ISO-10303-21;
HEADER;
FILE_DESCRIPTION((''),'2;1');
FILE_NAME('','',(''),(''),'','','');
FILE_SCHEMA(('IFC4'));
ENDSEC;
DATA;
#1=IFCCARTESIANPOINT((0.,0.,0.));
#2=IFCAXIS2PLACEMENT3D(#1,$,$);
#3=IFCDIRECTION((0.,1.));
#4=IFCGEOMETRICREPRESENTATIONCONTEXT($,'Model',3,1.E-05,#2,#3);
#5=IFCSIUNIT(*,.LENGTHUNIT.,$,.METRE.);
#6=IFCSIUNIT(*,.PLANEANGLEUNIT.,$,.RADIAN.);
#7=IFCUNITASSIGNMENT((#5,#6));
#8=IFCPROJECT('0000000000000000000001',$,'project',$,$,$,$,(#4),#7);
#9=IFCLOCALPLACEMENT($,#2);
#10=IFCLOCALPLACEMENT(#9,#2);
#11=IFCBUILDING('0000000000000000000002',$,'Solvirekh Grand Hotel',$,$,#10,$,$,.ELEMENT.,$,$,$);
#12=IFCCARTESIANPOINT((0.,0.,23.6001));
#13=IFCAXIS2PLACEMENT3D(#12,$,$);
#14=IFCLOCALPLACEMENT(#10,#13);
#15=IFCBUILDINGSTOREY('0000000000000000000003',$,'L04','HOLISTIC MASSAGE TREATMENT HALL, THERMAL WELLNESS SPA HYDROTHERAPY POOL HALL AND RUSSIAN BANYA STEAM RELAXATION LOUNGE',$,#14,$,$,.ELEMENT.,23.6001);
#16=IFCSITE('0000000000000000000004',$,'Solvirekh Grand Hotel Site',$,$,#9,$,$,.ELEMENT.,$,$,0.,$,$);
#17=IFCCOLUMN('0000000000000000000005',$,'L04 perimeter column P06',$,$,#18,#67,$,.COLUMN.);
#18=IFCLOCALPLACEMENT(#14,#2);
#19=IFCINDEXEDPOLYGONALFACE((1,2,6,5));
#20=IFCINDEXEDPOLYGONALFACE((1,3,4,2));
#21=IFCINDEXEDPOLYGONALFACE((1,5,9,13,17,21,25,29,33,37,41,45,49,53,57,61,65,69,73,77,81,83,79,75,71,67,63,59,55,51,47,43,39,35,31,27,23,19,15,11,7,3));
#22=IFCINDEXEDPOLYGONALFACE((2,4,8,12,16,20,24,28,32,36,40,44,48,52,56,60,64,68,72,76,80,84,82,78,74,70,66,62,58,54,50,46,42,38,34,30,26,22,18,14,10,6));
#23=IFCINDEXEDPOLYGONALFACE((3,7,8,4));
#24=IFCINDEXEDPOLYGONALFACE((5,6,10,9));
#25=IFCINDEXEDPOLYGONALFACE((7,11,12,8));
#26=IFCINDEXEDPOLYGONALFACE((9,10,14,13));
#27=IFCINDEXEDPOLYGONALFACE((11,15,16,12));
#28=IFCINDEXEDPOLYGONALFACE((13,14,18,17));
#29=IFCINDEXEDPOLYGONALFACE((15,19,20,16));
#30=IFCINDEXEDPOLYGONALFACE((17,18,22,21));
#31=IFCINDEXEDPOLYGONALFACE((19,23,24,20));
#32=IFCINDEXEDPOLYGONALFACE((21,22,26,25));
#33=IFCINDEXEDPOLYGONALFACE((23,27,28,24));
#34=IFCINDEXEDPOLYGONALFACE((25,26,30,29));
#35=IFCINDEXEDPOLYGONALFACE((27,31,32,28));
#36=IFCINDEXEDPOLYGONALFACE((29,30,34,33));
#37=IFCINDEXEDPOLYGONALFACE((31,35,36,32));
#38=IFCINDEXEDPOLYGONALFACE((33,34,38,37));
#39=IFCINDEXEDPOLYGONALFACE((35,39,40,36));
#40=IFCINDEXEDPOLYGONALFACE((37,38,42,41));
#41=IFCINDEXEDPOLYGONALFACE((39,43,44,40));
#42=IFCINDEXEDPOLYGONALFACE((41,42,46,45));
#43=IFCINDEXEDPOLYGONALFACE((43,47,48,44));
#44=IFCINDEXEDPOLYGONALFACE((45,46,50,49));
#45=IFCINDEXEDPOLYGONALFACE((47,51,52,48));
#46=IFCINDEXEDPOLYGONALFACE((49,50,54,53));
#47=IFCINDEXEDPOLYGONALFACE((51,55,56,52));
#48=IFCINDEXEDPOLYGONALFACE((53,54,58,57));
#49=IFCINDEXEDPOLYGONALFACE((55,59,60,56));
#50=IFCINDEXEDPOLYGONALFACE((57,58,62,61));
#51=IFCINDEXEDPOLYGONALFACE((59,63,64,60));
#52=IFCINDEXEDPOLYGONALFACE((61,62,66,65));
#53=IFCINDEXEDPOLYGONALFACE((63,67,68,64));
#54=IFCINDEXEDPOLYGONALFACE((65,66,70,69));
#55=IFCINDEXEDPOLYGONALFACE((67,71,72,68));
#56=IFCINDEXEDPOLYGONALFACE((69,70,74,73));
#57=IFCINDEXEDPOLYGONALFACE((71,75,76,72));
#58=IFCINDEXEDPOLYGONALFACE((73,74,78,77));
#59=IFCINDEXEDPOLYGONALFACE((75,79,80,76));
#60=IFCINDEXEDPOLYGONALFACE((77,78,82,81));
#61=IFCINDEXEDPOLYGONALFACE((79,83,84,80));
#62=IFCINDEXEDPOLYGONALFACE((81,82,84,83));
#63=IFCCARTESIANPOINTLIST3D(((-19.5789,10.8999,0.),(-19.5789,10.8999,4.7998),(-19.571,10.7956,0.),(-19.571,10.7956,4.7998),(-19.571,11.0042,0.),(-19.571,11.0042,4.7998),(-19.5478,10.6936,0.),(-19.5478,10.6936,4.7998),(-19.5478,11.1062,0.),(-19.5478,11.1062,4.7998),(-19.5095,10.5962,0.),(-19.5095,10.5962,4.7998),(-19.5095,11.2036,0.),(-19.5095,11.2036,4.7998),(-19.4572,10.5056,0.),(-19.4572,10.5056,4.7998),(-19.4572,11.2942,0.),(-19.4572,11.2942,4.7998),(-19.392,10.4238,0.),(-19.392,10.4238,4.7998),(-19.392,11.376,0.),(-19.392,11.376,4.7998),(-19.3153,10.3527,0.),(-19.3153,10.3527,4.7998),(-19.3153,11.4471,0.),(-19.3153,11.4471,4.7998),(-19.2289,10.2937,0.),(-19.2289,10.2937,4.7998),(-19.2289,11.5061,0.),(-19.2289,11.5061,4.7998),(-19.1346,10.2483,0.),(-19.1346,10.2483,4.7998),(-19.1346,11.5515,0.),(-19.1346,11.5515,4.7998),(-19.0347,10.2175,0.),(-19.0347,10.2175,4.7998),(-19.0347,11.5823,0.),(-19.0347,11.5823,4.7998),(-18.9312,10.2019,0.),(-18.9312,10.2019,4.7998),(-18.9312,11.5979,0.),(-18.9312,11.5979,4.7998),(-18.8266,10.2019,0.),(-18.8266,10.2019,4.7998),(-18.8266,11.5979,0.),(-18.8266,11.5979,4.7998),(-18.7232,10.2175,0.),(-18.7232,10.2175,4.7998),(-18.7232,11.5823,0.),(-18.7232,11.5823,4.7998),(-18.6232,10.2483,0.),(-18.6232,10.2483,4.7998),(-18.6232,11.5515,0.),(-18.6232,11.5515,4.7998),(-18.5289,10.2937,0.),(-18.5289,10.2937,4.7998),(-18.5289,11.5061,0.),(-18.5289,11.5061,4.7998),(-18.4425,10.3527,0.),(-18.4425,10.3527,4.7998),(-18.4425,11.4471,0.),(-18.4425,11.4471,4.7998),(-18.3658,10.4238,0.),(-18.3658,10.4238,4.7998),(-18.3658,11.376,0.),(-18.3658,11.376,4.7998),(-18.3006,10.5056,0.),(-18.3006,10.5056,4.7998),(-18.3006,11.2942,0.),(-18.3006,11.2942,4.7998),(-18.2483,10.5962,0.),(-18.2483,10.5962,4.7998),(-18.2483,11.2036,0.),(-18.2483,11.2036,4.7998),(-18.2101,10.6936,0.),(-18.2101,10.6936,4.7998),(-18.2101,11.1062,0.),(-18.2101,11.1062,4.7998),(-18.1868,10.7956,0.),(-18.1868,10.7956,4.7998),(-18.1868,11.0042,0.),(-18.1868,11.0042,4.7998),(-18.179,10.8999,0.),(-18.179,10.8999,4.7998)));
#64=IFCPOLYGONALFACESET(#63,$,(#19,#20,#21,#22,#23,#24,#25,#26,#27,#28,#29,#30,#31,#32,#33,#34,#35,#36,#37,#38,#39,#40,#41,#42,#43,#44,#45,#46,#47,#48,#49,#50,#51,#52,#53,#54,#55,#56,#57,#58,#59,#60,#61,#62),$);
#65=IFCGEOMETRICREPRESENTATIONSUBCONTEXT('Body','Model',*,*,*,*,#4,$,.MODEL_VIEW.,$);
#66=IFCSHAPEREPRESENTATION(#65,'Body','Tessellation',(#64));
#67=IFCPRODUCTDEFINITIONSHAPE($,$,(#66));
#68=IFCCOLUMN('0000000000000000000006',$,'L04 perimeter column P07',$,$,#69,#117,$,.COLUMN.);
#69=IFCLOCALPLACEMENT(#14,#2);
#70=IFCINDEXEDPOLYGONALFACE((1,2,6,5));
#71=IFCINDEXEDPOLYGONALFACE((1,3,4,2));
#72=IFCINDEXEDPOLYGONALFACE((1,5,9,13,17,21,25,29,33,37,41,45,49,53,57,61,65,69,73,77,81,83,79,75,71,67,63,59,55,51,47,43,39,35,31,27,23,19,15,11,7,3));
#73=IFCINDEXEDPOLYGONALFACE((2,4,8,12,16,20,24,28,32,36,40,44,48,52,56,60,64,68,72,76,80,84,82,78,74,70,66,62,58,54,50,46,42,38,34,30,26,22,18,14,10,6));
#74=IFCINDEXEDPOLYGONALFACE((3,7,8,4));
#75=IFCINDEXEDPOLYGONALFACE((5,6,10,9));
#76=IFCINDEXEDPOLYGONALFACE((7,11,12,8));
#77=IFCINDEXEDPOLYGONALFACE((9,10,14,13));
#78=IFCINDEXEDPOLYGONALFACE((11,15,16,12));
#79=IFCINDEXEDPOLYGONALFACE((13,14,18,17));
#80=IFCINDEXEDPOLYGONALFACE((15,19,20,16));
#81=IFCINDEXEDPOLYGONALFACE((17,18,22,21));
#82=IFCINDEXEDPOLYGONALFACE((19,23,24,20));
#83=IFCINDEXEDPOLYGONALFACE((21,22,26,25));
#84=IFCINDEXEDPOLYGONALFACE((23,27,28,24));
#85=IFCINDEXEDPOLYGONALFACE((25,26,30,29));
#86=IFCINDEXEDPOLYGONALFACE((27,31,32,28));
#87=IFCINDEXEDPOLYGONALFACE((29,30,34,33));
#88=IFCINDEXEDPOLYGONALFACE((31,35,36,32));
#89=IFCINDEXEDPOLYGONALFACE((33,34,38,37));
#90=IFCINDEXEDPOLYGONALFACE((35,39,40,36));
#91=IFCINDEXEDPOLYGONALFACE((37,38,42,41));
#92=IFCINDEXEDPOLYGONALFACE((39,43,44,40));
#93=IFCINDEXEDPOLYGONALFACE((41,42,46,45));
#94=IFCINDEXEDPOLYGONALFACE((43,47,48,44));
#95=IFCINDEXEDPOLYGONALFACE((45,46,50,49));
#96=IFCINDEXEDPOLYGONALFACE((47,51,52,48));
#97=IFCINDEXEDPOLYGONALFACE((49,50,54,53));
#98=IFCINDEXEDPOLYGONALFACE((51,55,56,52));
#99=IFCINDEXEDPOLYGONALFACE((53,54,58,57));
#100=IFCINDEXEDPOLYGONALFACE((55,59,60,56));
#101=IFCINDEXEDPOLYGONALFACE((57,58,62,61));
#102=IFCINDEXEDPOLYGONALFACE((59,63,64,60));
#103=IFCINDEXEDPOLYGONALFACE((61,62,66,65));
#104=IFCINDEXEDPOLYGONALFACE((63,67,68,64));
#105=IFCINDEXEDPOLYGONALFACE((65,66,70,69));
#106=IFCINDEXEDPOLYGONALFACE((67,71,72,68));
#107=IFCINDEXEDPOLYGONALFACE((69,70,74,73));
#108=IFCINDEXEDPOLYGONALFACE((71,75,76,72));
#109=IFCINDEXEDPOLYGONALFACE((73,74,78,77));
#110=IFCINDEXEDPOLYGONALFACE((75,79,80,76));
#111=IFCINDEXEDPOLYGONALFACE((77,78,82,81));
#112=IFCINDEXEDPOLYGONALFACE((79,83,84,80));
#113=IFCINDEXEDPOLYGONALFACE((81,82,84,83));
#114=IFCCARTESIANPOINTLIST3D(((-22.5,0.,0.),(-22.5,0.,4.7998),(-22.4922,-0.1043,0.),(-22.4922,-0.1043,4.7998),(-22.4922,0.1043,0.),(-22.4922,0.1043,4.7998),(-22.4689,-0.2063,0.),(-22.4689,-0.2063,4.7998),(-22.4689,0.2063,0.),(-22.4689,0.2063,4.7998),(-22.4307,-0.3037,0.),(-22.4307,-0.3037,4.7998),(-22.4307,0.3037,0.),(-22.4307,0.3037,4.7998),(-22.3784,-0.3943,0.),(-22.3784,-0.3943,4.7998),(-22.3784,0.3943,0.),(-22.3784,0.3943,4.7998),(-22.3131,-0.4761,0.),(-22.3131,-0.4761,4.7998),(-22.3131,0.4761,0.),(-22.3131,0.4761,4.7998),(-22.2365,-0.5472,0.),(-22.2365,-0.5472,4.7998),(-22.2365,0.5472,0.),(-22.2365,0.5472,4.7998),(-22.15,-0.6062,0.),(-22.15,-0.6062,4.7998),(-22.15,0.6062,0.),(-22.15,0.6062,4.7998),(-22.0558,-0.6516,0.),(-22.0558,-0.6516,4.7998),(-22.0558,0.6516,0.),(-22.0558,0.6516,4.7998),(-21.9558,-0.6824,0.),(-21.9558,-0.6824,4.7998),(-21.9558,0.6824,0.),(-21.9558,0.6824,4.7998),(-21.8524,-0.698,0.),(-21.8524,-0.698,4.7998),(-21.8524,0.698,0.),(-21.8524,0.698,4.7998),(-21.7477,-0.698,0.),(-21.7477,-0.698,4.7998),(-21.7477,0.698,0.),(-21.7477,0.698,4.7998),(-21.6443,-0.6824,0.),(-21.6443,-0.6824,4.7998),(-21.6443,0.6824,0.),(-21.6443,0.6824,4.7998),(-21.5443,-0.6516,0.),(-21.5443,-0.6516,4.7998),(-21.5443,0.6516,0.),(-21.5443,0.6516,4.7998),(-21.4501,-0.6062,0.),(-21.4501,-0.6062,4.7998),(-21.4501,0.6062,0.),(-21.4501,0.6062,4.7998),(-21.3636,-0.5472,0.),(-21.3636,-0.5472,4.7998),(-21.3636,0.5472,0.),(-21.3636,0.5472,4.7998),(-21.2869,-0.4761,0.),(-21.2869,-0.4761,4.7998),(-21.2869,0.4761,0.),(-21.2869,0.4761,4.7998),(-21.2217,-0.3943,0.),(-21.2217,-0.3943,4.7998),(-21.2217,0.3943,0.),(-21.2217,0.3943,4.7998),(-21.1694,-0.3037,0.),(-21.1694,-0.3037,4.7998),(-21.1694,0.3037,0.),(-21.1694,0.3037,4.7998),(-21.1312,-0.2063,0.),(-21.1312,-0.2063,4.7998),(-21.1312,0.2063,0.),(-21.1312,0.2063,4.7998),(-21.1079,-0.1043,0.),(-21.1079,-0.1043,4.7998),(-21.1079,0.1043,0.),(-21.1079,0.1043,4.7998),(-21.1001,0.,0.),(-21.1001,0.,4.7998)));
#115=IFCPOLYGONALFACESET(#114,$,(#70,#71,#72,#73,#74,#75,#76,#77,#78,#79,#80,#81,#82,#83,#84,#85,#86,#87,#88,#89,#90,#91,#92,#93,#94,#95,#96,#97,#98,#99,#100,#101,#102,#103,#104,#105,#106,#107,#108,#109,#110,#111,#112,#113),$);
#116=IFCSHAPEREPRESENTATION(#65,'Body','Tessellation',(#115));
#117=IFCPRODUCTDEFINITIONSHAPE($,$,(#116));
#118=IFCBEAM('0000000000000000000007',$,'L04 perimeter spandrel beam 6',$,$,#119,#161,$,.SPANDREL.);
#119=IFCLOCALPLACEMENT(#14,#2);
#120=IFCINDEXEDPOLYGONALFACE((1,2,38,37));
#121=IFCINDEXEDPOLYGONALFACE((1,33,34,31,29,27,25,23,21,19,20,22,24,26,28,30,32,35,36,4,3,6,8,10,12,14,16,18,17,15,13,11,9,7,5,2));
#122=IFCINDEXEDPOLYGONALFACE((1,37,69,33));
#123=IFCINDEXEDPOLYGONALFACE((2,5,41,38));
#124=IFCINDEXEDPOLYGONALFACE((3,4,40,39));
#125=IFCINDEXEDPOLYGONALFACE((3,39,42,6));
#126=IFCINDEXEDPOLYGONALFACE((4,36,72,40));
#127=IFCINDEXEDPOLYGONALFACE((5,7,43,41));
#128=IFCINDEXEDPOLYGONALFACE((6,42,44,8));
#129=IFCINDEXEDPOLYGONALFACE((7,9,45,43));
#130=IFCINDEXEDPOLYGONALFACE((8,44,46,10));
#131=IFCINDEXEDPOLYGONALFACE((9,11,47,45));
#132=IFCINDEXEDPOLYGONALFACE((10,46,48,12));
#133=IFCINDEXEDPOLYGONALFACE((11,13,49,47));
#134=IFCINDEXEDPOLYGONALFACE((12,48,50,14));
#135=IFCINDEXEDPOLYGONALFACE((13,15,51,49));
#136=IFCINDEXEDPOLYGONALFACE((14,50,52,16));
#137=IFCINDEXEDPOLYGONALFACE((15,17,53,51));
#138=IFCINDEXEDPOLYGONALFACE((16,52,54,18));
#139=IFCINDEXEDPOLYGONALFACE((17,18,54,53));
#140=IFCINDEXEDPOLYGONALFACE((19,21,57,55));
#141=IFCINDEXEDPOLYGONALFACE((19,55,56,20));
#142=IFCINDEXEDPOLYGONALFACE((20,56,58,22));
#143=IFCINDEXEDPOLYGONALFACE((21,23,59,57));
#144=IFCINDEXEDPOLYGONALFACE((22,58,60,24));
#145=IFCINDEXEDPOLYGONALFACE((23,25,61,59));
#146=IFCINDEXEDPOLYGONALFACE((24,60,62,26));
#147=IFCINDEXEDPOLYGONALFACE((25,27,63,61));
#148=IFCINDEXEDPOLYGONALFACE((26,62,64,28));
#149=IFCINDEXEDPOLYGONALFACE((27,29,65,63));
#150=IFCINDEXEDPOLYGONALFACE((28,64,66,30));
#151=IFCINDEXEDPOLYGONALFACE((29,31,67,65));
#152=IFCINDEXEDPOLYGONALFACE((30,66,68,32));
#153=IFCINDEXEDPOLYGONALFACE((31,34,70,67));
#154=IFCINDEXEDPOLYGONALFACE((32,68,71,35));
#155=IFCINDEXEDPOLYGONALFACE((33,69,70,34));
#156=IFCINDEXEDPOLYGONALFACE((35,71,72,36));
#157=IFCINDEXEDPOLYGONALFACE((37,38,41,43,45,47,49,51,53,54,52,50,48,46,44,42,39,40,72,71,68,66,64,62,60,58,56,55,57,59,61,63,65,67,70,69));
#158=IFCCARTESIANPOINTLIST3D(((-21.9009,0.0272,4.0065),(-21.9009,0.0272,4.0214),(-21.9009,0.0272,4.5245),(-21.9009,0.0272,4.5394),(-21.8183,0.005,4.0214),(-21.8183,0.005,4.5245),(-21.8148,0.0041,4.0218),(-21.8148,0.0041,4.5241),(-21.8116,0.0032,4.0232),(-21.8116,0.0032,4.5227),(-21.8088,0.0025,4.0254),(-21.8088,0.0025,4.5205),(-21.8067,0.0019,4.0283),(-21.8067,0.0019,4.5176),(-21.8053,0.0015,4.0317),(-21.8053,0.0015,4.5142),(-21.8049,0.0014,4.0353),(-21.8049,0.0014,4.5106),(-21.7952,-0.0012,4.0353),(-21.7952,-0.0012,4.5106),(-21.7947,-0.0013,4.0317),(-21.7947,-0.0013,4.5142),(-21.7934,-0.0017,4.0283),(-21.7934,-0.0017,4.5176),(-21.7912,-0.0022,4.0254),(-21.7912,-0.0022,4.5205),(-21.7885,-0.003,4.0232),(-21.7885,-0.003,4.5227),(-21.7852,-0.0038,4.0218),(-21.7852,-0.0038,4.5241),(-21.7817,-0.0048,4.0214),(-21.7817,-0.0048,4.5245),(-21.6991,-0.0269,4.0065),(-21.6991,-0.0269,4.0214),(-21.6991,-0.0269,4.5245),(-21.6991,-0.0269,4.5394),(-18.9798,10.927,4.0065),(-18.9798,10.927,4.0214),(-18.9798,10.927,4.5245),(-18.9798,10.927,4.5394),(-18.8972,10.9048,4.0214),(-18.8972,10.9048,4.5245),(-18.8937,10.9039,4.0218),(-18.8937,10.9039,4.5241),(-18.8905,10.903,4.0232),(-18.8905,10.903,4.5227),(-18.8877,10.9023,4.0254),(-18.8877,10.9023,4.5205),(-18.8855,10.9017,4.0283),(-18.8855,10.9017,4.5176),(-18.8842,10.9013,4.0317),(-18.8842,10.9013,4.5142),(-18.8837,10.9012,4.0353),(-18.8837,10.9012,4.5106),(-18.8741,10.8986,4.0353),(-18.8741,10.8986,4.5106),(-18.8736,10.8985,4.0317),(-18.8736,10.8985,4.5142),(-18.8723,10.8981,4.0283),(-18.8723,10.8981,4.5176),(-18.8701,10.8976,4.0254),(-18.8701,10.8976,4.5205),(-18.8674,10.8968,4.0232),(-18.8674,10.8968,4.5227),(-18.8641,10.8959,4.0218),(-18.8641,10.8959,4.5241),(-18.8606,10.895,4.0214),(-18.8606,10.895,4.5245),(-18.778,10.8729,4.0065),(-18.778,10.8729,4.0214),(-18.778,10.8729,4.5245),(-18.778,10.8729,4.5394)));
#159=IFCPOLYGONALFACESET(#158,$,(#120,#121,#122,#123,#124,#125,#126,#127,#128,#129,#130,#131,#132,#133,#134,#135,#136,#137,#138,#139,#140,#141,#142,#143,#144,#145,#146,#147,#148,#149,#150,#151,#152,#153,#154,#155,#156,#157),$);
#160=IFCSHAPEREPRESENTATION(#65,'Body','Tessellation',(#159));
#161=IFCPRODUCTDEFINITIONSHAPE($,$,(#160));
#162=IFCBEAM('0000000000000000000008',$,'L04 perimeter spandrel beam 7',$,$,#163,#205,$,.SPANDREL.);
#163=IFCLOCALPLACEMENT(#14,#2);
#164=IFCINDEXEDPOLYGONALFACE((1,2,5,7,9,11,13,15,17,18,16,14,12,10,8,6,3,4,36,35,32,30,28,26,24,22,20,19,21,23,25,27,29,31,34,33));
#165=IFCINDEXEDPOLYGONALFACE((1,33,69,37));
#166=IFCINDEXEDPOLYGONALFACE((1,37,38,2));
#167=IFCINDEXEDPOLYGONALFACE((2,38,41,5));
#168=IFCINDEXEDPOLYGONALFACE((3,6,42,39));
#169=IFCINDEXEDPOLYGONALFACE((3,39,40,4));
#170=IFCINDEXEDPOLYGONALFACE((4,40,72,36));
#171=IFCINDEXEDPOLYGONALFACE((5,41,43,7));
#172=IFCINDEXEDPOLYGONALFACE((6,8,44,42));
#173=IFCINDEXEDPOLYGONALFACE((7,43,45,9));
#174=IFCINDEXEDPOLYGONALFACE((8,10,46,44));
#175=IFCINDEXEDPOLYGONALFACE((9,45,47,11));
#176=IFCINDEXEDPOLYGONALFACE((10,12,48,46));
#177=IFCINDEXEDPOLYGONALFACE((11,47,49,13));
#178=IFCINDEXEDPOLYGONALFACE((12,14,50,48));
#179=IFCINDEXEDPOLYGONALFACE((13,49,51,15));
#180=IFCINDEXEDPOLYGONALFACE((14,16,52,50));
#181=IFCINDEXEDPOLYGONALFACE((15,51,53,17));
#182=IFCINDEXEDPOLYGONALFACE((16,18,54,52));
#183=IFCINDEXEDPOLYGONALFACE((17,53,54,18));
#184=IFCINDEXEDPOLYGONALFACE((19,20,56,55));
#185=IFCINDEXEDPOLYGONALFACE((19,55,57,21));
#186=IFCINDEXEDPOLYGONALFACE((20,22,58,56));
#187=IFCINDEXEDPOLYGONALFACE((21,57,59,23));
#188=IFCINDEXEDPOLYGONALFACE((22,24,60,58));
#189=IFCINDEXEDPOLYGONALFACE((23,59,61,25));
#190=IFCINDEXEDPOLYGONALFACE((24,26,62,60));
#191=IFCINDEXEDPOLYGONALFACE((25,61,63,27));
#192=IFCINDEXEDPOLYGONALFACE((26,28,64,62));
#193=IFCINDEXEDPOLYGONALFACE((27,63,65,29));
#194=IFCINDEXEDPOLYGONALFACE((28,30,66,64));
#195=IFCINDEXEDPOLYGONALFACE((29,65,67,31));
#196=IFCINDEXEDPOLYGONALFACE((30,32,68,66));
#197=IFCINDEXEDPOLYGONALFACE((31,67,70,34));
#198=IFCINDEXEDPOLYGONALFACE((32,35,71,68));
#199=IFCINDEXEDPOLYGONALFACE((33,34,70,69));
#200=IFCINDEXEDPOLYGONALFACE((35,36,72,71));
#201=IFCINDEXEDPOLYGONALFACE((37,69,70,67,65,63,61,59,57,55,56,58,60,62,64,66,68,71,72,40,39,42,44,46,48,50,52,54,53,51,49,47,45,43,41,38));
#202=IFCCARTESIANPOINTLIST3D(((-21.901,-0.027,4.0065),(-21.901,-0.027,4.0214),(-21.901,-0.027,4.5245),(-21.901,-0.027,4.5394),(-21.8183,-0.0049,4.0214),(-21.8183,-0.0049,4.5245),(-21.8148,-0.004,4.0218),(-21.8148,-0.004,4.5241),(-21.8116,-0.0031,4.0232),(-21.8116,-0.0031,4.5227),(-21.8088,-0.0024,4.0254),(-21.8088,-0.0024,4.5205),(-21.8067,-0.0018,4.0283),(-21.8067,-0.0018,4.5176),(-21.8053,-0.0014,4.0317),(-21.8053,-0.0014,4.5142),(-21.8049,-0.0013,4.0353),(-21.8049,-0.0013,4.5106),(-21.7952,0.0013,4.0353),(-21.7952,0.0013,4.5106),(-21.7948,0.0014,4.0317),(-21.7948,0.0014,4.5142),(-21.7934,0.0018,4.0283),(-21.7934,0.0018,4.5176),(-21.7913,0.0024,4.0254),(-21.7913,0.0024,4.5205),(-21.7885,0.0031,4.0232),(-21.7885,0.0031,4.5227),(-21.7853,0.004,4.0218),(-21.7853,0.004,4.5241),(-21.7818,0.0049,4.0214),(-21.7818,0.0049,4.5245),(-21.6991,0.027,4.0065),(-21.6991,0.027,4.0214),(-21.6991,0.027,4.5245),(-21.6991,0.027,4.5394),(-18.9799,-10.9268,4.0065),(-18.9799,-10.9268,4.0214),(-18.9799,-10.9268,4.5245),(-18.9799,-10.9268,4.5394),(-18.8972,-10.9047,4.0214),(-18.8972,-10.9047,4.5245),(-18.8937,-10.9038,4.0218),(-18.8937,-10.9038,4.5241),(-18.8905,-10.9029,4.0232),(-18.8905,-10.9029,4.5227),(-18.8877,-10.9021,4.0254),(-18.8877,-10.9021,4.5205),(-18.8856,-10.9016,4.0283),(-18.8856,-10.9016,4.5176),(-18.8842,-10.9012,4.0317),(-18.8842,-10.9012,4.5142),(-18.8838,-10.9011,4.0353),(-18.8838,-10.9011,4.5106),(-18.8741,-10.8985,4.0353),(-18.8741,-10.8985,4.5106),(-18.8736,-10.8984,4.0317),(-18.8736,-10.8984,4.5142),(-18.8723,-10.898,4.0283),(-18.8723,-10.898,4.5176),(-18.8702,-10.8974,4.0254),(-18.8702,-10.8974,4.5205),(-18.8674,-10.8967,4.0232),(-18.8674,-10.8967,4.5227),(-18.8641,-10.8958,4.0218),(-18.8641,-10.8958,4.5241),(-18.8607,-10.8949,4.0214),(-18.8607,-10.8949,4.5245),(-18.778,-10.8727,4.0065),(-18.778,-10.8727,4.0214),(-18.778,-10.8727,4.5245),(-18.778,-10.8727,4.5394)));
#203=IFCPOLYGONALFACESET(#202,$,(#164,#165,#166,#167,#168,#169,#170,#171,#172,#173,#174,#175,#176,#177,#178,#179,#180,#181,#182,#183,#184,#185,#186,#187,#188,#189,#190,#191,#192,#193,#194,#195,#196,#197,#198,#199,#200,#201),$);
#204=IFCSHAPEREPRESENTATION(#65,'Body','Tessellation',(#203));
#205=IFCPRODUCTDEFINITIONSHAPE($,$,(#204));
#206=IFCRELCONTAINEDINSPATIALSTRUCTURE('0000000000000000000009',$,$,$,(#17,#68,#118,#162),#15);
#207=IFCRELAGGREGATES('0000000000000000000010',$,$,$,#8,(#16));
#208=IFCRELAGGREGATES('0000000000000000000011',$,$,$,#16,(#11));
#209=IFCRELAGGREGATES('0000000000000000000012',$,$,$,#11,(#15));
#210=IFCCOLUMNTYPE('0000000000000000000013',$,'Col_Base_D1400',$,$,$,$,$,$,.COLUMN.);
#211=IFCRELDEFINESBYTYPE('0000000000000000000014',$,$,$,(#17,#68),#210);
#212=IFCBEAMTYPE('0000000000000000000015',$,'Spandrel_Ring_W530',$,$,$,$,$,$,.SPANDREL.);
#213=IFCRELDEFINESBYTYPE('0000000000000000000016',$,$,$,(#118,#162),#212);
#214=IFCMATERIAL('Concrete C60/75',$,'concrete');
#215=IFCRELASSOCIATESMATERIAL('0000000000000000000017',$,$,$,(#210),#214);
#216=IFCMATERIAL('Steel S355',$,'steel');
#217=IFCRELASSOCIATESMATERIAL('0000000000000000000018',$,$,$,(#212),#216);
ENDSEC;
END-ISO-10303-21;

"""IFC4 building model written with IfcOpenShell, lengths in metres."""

from ifc_helpers import new_model, si_unit, direction, frame, origin, origin_2d, place, context, subcontext, project, spatial, circle, i_section, extrude, material, material_profile, profile_set, type_object, element, save


model = new_model("IFC4")

# Units and contexts
model_context = context("Model", 3, precision=1e-05, world=origin(), true_north=direction((0.0, 1.0)))
body_context = subcontext(model_context, "Body", "Model", "MODEL_VIEW")
ifc_project = project(units=[si_unit("LENGTHUNIT", "METRE"), si_unit("PLANEANGLEUNIT", "RADIAN")], contexts=[model_context])

# Site, building, storey
site_placement = place(None, origin())
site = spatial("IfcSite", under=ifc_project, at=site_placement, Name="Solvirekh Grand Hotel Site", CompositionType="ELEMENT", RefElevation=0.0)
building_placement = place(site_placement, origin())
building = spatial("IfcBuilding", under=site, at=building_placement, Name="Solvirekh Grand Hotel", CompositionType="ELEMENT")
storey_placement = place(building_placement, frame((0.0, 0.0, 23.6001)))
storey = spatial("IfcBuildingStorey", under=building, at=storey_placement, Name="L04", Description="HOLISTIC MASSAGE TREATMENT HALL, THERMAL WELLNESS SPA HYDROTHERAPY POOL HALL AND RUSSIAN BANYA STEAM RELAXATION LOUNGE", CompositionType="ELEMENT", Elevation=23.6001)

# Columns
ifc_material_1 = material(Name="Concrete C60/75", Category="concrete")
ifc_material_profile_1 = material_profile(ifc_material_1, circle(Radius=0.7, at=origin_2d()), Name="RC CIRC D1400")
ifc_profile_set_1 = profile_set([ifc_material_profile_1], Name="Concrete C60/75")
column_type = type_object("IfcColumnType", Name="Col_Base_D1400", PredefinedType="COLUMN", material=ifc_profile_set_1)
for number, where, z_axis, x_axis, name in (
    (1, (-18.8789, 10.8999, 0.0), (0.0, 0.0, 1.0), (1.0, 0.0, 0.0), "L04 perimeter column P06"),
    (2, (-21.8, 0.0, 0.0), (0.0, 0.0, 1.0), (1.0, 0.0, 0.0), "L04 perimeter column P07"),
):
    element("IfcColumn", number, at=place(storey_placement, frame(where, z_axis=z_axis, x_axis=x_axis)), inside=storey, type_object=column_type, Name=name, PredefinedType="COLUMN", context=body_context, shape_type="SweptSolid", body=[
        extrude(circle(Radius=0.7, at=origin_2d()), origin(), (0.0, 0.0, 1.0), 4.7998),
    ])

# Beams
ifc_material_2 = material(Name="Steel S355", Category="steel")
ifc_material_profile_2 = material_profile(ifc_material_2, i_section(OverallWidth=0.209, OverallDepth=0.533, WebThickness=0.01, FlangeThickness=0.0149, FilletRadius=0.0139, at=origin_2d()), Name="W530X92")
ifc_profile_set_2 = profile_set([ifc_material_profile_2], Name="Steel S355")
beam_type_1 = type_object("IfcBeamType", Name="Spandrel_Ring_W530", PredefinedType="SPANDREL", material=ifc_profile_set_2)
for number, where, z_axis, x_axis, name in (
    (3, (-18.8789, 10.8999, 4.2729), (-0.258862, -0.965914, 0.0), (0.965914, -0.258862, 0.0), "L04 perimeter spandrel beam 6"),
    (4, (-21.8, 0.0, 4.2729), (0.258862, -0.965914, 0.0), (0.965914, 0.258862, 0.0), "L04 perimeter spandrel beam 7"),
):
    element("IfcBeam", number, at=place(storey_placement, frame(where, z_axis=z_axis, x_axis=x_axis)), inside=storey, type_object=beam_type_1, Name=name, PredefinedType="SPANDREL", context=body_context, shape_type="SweptSolid", body=[
        extrude(i_section(OverallWidth=0.209, OverallDepth=0.533, WebThickness=0.01, FlangeThickness=0.0149, FilletRadius=0.0139, at=origin_2d()), origin(), (0.0, 0.0, 1.0), 11.2844),
    ])

save(model, "model.ifc")
